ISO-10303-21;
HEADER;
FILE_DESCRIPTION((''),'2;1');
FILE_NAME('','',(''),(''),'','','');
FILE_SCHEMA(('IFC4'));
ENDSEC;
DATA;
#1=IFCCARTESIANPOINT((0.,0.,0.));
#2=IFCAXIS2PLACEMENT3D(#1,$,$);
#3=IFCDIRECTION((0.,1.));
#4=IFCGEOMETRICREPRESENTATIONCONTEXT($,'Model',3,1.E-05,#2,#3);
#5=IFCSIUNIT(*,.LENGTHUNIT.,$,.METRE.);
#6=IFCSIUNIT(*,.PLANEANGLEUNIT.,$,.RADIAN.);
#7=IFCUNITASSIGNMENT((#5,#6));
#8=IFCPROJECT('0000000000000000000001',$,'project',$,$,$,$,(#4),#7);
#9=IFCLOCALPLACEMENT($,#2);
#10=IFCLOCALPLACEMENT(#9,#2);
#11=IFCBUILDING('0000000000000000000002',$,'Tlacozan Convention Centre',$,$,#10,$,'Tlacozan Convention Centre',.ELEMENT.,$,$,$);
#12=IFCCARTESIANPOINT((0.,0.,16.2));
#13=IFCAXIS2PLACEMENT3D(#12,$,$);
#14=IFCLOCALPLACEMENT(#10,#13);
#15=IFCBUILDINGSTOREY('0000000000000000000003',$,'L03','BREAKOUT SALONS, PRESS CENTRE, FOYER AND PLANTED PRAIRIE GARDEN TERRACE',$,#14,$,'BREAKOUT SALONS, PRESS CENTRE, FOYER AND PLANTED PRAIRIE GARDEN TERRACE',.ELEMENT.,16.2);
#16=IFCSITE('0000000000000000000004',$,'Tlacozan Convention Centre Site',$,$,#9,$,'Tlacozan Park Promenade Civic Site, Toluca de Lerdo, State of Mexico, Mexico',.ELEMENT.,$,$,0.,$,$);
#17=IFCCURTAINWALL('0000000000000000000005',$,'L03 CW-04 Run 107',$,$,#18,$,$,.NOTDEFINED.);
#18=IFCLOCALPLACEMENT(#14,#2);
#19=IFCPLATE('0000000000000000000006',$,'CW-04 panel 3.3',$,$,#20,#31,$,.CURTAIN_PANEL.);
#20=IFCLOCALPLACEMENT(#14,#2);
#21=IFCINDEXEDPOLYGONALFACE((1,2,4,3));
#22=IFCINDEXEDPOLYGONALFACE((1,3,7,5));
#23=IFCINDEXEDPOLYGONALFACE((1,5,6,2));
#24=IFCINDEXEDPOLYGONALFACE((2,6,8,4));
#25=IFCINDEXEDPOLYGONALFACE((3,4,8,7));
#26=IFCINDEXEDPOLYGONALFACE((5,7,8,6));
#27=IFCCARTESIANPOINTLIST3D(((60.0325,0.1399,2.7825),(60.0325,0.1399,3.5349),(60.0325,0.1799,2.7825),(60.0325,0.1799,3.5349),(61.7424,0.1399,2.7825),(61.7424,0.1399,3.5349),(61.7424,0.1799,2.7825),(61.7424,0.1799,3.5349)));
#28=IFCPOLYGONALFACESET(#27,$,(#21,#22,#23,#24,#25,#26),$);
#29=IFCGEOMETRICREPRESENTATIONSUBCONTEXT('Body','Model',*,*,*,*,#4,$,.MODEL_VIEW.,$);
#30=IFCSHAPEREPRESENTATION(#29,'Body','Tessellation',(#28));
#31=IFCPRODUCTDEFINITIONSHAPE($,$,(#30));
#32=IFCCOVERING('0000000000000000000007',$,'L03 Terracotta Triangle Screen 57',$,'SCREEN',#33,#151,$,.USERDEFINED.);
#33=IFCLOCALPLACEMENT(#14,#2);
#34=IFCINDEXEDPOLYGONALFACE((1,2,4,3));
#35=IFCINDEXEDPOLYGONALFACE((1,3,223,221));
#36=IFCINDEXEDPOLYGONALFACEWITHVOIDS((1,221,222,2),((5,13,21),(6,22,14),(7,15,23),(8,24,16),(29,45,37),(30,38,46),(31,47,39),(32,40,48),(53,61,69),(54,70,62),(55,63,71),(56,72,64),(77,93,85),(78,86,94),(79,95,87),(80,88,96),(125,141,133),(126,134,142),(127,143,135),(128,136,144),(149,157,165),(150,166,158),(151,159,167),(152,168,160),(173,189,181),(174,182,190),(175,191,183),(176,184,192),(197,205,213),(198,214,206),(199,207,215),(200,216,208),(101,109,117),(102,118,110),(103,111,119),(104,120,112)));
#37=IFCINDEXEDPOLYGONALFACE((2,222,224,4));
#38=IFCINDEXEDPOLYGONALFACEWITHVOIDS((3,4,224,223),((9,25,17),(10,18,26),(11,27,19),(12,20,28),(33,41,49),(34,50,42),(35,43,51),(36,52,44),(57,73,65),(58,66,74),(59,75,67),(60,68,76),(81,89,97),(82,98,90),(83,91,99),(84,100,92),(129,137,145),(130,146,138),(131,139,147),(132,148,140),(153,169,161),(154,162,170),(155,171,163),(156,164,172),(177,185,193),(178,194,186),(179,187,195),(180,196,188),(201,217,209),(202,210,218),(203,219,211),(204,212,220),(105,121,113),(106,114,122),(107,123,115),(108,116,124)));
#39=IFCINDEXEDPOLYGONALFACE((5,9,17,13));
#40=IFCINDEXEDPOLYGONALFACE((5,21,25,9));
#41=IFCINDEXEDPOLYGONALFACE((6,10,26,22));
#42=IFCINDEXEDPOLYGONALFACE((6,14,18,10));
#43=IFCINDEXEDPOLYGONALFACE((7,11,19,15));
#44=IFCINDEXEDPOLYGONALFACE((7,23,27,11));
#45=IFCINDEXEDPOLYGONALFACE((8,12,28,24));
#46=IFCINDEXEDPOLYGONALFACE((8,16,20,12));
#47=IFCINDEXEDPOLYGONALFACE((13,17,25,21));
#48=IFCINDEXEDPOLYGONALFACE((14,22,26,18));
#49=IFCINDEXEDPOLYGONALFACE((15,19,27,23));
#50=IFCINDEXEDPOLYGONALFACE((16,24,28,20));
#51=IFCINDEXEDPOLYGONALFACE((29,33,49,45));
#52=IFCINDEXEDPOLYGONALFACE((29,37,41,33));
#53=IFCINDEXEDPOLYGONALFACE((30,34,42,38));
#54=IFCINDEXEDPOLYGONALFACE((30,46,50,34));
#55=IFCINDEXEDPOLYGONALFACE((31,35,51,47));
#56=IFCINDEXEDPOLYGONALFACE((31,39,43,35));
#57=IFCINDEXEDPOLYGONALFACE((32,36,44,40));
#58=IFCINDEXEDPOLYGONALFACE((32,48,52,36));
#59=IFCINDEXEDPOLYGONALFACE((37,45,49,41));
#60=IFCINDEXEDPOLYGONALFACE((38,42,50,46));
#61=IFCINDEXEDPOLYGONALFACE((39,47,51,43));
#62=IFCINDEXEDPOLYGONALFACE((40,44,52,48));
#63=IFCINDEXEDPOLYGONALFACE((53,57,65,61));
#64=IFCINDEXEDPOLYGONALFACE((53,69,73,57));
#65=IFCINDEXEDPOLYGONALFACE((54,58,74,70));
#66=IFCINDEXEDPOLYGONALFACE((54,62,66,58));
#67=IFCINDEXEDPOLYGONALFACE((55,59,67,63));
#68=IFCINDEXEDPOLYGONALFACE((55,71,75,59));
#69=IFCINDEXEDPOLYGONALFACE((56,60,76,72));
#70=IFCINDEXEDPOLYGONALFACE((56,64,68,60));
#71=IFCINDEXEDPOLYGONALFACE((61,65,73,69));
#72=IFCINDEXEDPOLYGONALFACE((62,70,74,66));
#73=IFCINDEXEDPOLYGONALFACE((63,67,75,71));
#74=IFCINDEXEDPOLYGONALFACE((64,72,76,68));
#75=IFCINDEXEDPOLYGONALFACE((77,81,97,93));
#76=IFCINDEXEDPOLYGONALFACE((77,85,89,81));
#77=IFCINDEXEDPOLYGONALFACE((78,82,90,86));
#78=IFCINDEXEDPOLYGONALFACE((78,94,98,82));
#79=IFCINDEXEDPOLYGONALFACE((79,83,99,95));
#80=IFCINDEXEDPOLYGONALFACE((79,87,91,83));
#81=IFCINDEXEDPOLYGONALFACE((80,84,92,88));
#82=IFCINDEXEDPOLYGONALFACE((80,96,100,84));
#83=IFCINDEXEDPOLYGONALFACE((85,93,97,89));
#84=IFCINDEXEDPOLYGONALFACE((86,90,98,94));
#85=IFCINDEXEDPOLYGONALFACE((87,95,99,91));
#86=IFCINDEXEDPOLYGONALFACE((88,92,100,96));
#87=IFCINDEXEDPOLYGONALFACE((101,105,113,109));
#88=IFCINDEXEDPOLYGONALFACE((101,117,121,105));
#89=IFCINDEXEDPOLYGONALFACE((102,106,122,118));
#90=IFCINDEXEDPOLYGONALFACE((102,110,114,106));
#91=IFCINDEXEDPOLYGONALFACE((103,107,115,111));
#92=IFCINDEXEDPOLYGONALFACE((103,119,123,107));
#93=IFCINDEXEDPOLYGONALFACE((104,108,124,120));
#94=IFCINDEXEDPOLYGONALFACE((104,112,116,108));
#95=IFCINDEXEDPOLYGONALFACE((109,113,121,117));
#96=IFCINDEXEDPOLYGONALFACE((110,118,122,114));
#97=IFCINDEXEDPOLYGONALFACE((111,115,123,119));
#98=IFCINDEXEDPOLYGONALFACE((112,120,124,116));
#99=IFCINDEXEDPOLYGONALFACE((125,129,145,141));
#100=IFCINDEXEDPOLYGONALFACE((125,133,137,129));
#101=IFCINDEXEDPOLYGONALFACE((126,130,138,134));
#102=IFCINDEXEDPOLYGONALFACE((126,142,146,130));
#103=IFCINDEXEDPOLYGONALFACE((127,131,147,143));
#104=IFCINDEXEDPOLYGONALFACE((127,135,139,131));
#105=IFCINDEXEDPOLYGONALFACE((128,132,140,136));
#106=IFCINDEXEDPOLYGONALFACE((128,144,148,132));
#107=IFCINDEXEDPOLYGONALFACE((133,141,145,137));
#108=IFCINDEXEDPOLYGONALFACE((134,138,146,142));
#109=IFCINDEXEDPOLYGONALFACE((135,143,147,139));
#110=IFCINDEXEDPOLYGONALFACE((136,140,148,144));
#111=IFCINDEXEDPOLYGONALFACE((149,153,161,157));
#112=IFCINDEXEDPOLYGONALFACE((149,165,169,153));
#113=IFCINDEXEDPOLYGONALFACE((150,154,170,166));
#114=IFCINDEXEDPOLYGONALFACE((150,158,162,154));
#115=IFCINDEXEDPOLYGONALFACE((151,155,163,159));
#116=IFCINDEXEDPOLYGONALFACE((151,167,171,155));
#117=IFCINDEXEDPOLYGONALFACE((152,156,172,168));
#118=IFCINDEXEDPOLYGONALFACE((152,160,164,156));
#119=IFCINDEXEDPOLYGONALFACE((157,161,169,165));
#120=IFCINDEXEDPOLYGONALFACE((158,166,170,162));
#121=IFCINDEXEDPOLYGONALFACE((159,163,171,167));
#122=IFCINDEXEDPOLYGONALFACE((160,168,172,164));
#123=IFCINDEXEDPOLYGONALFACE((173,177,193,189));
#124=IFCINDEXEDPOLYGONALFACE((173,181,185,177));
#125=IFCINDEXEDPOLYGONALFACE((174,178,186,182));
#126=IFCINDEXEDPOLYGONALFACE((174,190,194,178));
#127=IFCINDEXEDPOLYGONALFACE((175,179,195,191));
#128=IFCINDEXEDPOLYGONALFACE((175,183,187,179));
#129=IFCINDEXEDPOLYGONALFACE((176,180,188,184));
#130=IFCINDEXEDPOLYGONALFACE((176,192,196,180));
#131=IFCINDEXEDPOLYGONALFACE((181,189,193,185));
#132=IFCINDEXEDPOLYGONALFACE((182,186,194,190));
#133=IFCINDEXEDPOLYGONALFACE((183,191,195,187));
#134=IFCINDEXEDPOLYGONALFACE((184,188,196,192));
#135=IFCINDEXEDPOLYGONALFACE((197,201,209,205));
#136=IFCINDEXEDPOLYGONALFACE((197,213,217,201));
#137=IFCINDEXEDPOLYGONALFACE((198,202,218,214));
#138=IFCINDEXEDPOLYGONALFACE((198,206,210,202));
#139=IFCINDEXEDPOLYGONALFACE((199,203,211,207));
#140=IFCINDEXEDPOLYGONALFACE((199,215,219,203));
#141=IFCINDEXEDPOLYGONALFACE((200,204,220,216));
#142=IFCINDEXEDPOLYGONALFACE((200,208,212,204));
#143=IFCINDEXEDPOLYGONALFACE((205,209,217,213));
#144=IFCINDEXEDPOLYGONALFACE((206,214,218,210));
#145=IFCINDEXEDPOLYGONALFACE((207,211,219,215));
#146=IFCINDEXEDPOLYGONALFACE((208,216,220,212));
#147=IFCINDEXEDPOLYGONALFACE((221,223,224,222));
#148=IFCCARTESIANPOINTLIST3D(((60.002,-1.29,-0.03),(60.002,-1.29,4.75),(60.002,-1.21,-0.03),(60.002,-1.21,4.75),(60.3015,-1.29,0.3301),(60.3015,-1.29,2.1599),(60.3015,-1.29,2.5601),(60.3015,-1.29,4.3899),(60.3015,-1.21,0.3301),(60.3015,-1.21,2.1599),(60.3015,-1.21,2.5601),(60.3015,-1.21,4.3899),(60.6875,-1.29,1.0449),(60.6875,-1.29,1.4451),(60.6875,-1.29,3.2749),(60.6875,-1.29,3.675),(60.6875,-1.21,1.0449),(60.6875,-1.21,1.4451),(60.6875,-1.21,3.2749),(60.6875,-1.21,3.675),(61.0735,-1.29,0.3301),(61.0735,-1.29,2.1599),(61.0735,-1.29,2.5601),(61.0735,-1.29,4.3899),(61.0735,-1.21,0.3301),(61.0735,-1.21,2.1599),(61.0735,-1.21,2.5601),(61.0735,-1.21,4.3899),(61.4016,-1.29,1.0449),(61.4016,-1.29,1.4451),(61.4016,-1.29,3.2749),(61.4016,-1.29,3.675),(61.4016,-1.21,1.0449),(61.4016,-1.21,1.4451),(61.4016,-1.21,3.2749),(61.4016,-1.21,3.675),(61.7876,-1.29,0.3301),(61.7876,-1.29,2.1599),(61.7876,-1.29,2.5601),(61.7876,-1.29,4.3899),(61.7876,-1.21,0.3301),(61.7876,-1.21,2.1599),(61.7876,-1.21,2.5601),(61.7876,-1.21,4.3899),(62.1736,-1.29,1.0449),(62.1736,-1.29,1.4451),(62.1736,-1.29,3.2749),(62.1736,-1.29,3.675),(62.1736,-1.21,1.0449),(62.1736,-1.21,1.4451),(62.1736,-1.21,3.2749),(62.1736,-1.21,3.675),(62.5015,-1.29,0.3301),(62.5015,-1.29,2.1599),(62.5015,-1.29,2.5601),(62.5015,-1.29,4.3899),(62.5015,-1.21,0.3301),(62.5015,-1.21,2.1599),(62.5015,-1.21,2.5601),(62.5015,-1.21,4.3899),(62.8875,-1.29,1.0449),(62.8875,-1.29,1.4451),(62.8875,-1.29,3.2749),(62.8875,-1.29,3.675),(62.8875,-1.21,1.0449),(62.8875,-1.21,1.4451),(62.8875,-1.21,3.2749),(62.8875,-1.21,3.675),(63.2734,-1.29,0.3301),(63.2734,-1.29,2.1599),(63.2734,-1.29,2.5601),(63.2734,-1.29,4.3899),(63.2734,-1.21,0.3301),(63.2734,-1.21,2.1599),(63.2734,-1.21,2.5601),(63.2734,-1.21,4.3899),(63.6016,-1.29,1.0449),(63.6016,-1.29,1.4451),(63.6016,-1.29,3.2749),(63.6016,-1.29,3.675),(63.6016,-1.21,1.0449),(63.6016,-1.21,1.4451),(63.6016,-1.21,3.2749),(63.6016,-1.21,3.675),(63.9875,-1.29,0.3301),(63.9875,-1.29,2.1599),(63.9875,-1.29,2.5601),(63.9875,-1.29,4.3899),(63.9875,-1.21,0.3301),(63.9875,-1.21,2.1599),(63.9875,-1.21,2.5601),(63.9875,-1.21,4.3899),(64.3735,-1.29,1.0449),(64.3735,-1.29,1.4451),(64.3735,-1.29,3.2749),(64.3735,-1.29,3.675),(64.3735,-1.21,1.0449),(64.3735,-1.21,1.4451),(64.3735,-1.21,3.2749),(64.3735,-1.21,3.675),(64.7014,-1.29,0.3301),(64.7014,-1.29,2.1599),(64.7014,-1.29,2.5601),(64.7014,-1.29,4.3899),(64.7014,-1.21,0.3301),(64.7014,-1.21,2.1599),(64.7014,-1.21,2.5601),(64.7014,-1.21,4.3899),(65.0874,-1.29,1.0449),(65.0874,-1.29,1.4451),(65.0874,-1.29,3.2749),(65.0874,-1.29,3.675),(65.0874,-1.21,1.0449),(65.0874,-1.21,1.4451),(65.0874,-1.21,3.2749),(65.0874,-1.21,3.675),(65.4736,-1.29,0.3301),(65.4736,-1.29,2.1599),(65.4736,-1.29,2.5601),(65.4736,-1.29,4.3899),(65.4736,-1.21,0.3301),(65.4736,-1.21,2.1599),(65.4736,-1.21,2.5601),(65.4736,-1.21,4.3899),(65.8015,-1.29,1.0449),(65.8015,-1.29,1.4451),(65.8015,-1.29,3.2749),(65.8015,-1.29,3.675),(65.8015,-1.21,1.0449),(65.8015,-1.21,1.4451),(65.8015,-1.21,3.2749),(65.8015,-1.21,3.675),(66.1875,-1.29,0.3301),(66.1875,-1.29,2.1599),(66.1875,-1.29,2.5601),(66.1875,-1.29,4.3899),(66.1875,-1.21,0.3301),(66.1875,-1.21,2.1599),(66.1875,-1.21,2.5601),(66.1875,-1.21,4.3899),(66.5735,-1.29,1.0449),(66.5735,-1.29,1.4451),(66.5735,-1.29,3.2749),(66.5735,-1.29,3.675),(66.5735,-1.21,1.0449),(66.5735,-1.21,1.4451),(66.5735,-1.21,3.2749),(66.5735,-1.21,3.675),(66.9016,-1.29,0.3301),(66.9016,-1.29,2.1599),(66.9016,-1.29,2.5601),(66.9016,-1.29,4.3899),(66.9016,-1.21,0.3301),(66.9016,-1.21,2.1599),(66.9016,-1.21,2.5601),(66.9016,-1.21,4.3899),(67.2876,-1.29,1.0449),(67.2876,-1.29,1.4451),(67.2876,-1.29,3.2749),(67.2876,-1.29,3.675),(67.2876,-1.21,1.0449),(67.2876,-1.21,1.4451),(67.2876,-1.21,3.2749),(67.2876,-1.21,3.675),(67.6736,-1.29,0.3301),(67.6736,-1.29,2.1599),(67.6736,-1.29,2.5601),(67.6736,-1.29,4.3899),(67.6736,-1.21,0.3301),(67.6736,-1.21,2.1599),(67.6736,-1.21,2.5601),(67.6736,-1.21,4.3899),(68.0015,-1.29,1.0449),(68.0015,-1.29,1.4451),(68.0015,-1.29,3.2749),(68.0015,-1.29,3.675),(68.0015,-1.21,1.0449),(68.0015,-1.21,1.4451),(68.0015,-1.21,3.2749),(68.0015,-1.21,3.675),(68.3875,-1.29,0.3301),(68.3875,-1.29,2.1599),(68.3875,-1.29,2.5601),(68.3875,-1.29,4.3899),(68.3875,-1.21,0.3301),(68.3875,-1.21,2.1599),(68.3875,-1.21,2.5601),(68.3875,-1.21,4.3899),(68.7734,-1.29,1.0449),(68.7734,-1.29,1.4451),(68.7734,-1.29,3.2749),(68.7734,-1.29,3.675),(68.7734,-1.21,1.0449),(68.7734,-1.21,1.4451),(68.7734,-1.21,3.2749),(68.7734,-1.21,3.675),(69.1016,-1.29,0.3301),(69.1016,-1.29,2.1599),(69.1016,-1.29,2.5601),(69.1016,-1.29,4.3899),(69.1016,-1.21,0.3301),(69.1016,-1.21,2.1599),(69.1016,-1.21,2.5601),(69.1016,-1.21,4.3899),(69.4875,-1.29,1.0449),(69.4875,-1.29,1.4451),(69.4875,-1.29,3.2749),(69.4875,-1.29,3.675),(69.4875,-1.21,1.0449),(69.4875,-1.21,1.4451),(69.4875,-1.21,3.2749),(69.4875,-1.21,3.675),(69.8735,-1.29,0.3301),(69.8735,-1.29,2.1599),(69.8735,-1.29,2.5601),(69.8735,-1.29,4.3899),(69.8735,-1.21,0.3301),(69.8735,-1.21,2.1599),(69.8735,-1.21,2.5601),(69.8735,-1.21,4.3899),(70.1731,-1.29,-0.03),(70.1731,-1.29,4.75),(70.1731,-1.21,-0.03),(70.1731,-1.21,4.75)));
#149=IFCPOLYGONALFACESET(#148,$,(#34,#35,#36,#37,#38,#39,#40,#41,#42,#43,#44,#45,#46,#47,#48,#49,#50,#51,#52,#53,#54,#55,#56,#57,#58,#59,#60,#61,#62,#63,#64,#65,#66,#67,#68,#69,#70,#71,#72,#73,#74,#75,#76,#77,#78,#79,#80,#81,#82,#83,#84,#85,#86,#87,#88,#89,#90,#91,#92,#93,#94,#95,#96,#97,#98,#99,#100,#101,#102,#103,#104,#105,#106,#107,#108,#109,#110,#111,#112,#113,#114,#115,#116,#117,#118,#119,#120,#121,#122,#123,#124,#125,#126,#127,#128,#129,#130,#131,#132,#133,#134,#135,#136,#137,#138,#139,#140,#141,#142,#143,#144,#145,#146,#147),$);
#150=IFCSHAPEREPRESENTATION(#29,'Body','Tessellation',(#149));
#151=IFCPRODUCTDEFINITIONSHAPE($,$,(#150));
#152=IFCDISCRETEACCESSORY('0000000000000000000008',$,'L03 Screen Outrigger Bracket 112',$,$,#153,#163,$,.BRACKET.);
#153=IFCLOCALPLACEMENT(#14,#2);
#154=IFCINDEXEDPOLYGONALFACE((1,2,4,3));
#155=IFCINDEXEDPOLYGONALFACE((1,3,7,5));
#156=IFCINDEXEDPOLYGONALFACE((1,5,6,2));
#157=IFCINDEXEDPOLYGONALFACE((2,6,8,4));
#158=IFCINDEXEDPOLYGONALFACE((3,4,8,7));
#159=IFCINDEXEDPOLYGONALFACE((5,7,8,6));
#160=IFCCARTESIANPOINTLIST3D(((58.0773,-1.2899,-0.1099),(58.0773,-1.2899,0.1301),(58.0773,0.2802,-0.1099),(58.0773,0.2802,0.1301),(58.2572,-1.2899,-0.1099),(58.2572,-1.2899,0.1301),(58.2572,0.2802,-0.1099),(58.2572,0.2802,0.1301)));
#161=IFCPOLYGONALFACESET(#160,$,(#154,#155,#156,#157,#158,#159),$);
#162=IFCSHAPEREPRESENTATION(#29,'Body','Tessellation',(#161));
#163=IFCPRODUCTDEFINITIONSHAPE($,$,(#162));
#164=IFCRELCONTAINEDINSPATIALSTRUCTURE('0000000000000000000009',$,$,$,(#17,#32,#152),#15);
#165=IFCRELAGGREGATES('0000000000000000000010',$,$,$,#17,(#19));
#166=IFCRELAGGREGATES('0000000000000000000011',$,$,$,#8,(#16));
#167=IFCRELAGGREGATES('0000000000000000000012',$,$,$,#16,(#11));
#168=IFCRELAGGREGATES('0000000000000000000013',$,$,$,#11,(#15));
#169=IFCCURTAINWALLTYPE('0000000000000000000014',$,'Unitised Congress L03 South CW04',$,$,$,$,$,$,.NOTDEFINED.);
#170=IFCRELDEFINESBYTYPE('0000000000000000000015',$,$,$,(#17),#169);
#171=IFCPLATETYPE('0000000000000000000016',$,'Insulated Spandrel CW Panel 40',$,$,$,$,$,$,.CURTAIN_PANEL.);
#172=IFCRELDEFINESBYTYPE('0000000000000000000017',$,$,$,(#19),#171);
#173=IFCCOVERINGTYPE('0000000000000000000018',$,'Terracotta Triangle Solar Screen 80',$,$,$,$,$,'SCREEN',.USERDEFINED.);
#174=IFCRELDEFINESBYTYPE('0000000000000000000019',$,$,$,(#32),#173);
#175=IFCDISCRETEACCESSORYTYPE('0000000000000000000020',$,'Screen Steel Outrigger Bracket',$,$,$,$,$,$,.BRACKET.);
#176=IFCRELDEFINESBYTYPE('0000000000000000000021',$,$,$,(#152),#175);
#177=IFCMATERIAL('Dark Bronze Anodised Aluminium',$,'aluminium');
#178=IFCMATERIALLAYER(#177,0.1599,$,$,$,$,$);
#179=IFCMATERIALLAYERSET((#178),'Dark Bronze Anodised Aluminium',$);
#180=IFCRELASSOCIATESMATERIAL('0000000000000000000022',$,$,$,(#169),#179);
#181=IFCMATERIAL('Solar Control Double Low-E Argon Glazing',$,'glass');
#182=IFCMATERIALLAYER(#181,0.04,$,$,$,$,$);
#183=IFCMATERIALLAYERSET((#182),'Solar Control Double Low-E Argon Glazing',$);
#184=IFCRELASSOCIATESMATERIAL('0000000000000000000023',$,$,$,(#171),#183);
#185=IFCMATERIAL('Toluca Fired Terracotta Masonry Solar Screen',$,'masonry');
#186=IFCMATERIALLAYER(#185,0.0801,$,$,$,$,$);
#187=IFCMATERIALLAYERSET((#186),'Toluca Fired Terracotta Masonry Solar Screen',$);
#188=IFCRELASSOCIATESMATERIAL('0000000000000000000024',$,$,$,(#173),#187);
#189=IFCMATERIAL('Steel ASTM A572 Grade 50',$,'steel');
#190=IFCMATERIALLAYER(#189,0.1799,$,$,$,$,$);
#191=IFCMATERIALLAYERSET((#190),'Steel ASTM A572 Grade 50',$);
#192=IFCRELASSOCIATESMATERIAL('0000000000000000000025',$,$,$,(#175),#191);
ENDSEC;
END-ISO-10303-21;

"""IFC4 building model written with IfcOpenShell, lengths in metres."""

from ifc_helpers import new_model, si_unit, direction, frame, origin, origin_2d, place, context, subcontext, project, spatial, polyline, rectangle, outline, extrude, material, layer, layer_set, type_object, element, aggregate, save


model = new_model("IFC4")

# Units and contexts
model_context = context("Model", 3, precision=1e-05, world=origin(), true_north=direction((0.0, 1.0)))
body_context = subcontext(model_context, "Body", "Model", "MODEL_VIEW")
ifc_project = project(units=[si_unit("LENGTHUNIT", "METRE"), si_unit("PLANEANGLEUNIT", "RADIAN")], contexts=[model_context])

# Site, building, storey
site_placement = place(None, origin())
site = spatial("IfcSite", under=ifc_project, at=site_placement, Name="Tlacozan Convention Centre Site", LongName="Tlacozan Park Promenade Civic Site, Toluca de Lerdo, State of Mexico, Mexico", CompositionType="ELEMENT", RefElevation=0.0)
building_placement = place(site_placement, origin())
building = spatial("IfcBuilding", under=site, at=building_placement, Name="Tlacozan Convention Centre", LongName="Tlacozan Convention Centre", CompositionType="ELEMENT")
storey_placement = place(building_placement, frame((0.0, 0.0, 16.2)))
storey = spatial("IfcBuildingStorey", under=building, at=storey_placement, Name="L03", Description="BREAKOUT SALONS, PRESS CENTRE, FOYER AND PLANTED PRAIRIE GARDEN TERRACE", LongName="BREAKOUT SALONS, PRESS CENTRE, FOYER AND PLANTED PRAIRIE GARDEN TERRACE", CompositionType="ELEMENT", Elevation=16.2)

# Shared definitions
ifc_material_1 = material(Name="Dark Bronze Anodised Aluminium", Category="aluminium")
ifc_layer_1 = layer(ifc_material_1, 0.1599)
ifc_layer_set_1 = layer_set([ifc_layer_1], Name="Dark Bronze Anodised Aluminium")
curtain_wall_type = type_object("IfcCurtainWallType", Name="Unitised Congress L03 South CW04", PredefinedType="NOTDEFINED", material=ifc_layer_set_1)

# Curtain wall
curtain_wall_1_placement = place(storey_placement, origin())
curtain_wall_1 = element("IfcCurtainWall", 1, at=curtain_wall_1_placement, inside=storey, type_object=curtain_wall_type, Name="L03 CW-04 Run 107", PredefinedType="NOTDEFINED")

# Plate
ifc_material_2 = material(Name="Solar Control Double Low-E Argon Glazing", Category="glass")
ifc_layer_2 = layer(ifc_material_2, 0.04)
ifc_layer_set_2 = layer_set([ifc_layer_2], Name="Solar Control Double Low-E Argon Glazing")
plate_type_1 = type_object("IfcPlateType", Name="Insulated Spandrel CW Panel 40", PredefinedType="CURTAIN_PANEL", material=ifc_layer_set_2)
plate_1_placement = place(storey_placement, frame((60.8875, 0.1599, 2.7825), z_axis=(0.0, 0.0, 1.0), x_axis=(1.0, 0.0, 0.0)))
plate_1 = element("IfcPlate", 2, at=plate_1_placement, type_object=plate_type_1, Name="CW-04 panel 3.3", PredefinedType="CURTAIN_PANEL", context=body_context, shape_type="SweptSolid", body=[
    extrude(rectangle(XDim=1.71, YDim=0.04, at=origin_2d()), origin(), (0.0, 0.0, 1.0), 0.7524),
])
aggregate(curtain_wall_1, [plate_1])

# Covering
ifc_material_3 = material(Name="Toluca Fired Terracotta Masonry Solar Screen", Category="masonry")
ifc_layer_3 = layer(ifc_material_3, 0.0801)
ifc_layer_set_3 = layer_set([ifc_layer_3], Name="Toluca Fired Terracotta Masonry Solar Screen")
covering_type = type_object("IfcCoveringType", Name="Terracotta Triangle Solar Screen 80", ElementType="SCREEN", PredefinedType="USERDEFINED", material=ifc_layer_set_3)
covering_placement = place(storey_placement, frame((60.002, -1.25, -0.03), z_axis=(0.0, 0.0, 1.0), x_axis=(1.0, 0.0, 0.0)))
element("IfcCovering", 3, at=covering_placement, inside=storey, type_object=covering_type, Name="L03 Terracotta Triangle Screen 57", ObjectType="SCREEN", PredefinedType="USERDEFINED", context=body_context, shape_type="SweptSolid", body=[
    extrude(outline(polyline([(0.0, 0.0), (10.1711, 0.0), (10.1711, 4.78), (0.0, 4.78), (0.0, 0.0)]), holes=[polyline([(0.2996, 0.3601), (1.0715, 0.3601), (0.6855, 1.075), (0.2996, 0.3601)]), polyline([(1.3997, 1.075), (2.1716, 1.075), (1.7856, 0.3601), (1.3997, 1.075)]), polyline([(2.4995, 0.3601), (3.2715, 0.3601), (2.8855, 1.075), (2.4995, 0.3601)]), polyline([(3.5996, 1.075), (4.3716, 1.075), (3.9856, 0.3601), (3.5996, 1.075)]), polyline([(4.6995, 0.3601), (5.4717, 0.3601), (5.0854, 1.075), (4.6995, 0.3601)]), polyline([(5.7996, 1.075), (6.5715, 1.075), (6.1855, 0.3601), (5.7996, 1.075)]), polyline([(6.8997, 0.3601), (7.6716, 0.3601), (7.2856, 1.075), (6.8997, 0.3601)]), polyline([(7.9995, 1.075), (8.7715, 1.075), (8.3855, 0.3601), (7.9995, 1.075)]), polyline([(9.0996, 0.3601), (9.8716, 0.3601), (9.4856, 1.075), (9.0996, 0.3601)]), polyline([(0.2996, 2.1899), (1.0715, 2.1899), (0.6855, 1.4751), (0.2996, 2.1899)]), polyline([(1.3997, 1.4751), (2.1716, 1.4751), (1.7856, 2.1899), (1.3997, 1.4751)]), polyline([(2.4995, 2.1899), (3.2715, 2.1899), (2.8855, 1.4751), (2.4995, 2.1899)]), polyline([(3.5996, 1.4751), (4.3716, 1.4751), (3.9856, 2.1899), (3.5996, 1.4751)]), polyline([(4.6995, 2.1899), (5.4717, 2.1899), (5.0854, 1.4751), (4.6995, 2.1899)]), polyline([(5.7996, 1.4751), (6.5715, 1.4751), (6.1855, 2.1899), (5.7996, 1.4751)]), polyline([(6.8997, 2.1899), (7.6716, 2.1899), (7.2856, 1.4751), (6.8997, 2.1899)]), polyline([(7.9995, 1.4751), (8.7715, 1.4751), (8.3855, 2.1899), (7.9995, 1.4751)]), polyline([(9.0996, 2.1899), (9.8716, 2.1899), (9.4856, 1.4751), (9.0996, 2.1899)]), polyline([(0.2996, 2.5901), (1.0715, 2.5901), (0.6855, 3.3049), (0.2996, 2.5901)]), polyline([(1.3997, 3.3049), (2.1716, 3.3049), (1.7856, 2.5901), (1.3997, 3.3049)]), polyline([(2.4995, 2.5901), (3.2715, 2.5901), (2.8855, 3.3049), (2.4995, 2.5901)]), polyline([(3.5996, 3.3049), (4.3716, 3.3049), (3.9856, 2.5901), (3.5996, 3.3049)]), polyline([(4.6995, 2.5901), (5.4717, 2.5901), (5.0854, 3.3049), (4.6995, 2.5901)]), polyline([(5.7996, 3.3049), (6.5715, 3.3049), (6.1855, 2.5901), (5.7996, 3.3049)]), polyline([(6.8997, 2.5901), (7.6716, 2.5901), (7.2856, 3.3049), (6.8997, 2.5901)]), polyline([(7.9995, 3.3049), (8.7715, 3.3049), (8.3855, 2.5901), (7.9995, 3.3049)]), polyline([(9.0996, 2.5901), (9.8716, 2.5901), (9.4856, 3.3049), (9.0996, 2.5901)]), polyline([(0.2996, 4.4199), (1.0715, 4.4199), (0.6855, 3.7051), (0.2996, 4.4199)]), polyline([(1.3997, 3.7051), (2.1716, 3.7051), (1.7856, 4.4199), (1.3997, 3.7051)]), polyline([(2.4995, 4.4199), (3.2715, 4.4199), (2.8855, 3.7051), (2.4995, 4.4199)]), polyline([(3.5996, 3.7051), (4.3716, 3.7051), (3.9856, 4.4199), (3.5996, 3.7051)]), polyline([(4.6995, 4.4199), (5.4717, 4.4199), (5.0854, 3.7051), (4.6995, 4.4199)]), polyline([(5.7996, 3.7051), (6.5715, 3.7051), (6.1855, 4.4199), (5.7996, 3.7051)]), polyline([(6.8997, 4.4199), (7.6716, 4.4199), (7.2856, 3.7051), (6.8997, 4.4199)]), polyline([(7.9995, 3.7051), (8.7715, 3.7051), (8.3855, 4.4199), (7.9995, 3.7051)]), polyline([(9.0996, 4.4199), (9.8716, 4.4199), (9.4856, 3.7051), (9.0996, 4.4199)])]), frame((0.0, 0.04, 0.0), z_axis=(0.0, -1.0, 0.0), x_axis=(1.0, 0.0, 0.0)), (0.0, 0.0, 1.0), 0.0801),
])

# Discrete accessory
ifc_material_4 = material(Name="Steel ASTM A572 Grade 50", Category="steel")
ifc_layer_4 = layer(ifc_material_4, 0.1799)
ifc_layer_set_4 = layer_set([ifc_layer_4], Name="Steel ASTM A572 Grade 50")
discrete_accessory_type = type_object("IfcDiscreteAccessoryType", Name="Screen Steel Outrigger Bracket", PredefinedType="BRACKET", material=ifc_layer_set_4)
discrete_accessory_placement = place(storey_placement, frame((58.1672, -0.5049, -0.1099), z_axis=(0.0, 0.0, 1.0), x_axis=(0.0, 1.0, 0.0)))
element("IfcDiscreteAccessory", 4, at=discrete_accessory_placement, inside=storey, type_object=discrete_accessory_type, Name="L03 Screen Outrigger Bracket 112", PredefinedType="BRACKET", context=body_context, shape_type="SweptSolid", body=[
    extrude(rectangle(XDim=1.5701, YDim=0.1799, at=origin_2d()), origin(), (0.0, 0.0, 1.0), 0.24),
])

save(model, "model.ifc")
